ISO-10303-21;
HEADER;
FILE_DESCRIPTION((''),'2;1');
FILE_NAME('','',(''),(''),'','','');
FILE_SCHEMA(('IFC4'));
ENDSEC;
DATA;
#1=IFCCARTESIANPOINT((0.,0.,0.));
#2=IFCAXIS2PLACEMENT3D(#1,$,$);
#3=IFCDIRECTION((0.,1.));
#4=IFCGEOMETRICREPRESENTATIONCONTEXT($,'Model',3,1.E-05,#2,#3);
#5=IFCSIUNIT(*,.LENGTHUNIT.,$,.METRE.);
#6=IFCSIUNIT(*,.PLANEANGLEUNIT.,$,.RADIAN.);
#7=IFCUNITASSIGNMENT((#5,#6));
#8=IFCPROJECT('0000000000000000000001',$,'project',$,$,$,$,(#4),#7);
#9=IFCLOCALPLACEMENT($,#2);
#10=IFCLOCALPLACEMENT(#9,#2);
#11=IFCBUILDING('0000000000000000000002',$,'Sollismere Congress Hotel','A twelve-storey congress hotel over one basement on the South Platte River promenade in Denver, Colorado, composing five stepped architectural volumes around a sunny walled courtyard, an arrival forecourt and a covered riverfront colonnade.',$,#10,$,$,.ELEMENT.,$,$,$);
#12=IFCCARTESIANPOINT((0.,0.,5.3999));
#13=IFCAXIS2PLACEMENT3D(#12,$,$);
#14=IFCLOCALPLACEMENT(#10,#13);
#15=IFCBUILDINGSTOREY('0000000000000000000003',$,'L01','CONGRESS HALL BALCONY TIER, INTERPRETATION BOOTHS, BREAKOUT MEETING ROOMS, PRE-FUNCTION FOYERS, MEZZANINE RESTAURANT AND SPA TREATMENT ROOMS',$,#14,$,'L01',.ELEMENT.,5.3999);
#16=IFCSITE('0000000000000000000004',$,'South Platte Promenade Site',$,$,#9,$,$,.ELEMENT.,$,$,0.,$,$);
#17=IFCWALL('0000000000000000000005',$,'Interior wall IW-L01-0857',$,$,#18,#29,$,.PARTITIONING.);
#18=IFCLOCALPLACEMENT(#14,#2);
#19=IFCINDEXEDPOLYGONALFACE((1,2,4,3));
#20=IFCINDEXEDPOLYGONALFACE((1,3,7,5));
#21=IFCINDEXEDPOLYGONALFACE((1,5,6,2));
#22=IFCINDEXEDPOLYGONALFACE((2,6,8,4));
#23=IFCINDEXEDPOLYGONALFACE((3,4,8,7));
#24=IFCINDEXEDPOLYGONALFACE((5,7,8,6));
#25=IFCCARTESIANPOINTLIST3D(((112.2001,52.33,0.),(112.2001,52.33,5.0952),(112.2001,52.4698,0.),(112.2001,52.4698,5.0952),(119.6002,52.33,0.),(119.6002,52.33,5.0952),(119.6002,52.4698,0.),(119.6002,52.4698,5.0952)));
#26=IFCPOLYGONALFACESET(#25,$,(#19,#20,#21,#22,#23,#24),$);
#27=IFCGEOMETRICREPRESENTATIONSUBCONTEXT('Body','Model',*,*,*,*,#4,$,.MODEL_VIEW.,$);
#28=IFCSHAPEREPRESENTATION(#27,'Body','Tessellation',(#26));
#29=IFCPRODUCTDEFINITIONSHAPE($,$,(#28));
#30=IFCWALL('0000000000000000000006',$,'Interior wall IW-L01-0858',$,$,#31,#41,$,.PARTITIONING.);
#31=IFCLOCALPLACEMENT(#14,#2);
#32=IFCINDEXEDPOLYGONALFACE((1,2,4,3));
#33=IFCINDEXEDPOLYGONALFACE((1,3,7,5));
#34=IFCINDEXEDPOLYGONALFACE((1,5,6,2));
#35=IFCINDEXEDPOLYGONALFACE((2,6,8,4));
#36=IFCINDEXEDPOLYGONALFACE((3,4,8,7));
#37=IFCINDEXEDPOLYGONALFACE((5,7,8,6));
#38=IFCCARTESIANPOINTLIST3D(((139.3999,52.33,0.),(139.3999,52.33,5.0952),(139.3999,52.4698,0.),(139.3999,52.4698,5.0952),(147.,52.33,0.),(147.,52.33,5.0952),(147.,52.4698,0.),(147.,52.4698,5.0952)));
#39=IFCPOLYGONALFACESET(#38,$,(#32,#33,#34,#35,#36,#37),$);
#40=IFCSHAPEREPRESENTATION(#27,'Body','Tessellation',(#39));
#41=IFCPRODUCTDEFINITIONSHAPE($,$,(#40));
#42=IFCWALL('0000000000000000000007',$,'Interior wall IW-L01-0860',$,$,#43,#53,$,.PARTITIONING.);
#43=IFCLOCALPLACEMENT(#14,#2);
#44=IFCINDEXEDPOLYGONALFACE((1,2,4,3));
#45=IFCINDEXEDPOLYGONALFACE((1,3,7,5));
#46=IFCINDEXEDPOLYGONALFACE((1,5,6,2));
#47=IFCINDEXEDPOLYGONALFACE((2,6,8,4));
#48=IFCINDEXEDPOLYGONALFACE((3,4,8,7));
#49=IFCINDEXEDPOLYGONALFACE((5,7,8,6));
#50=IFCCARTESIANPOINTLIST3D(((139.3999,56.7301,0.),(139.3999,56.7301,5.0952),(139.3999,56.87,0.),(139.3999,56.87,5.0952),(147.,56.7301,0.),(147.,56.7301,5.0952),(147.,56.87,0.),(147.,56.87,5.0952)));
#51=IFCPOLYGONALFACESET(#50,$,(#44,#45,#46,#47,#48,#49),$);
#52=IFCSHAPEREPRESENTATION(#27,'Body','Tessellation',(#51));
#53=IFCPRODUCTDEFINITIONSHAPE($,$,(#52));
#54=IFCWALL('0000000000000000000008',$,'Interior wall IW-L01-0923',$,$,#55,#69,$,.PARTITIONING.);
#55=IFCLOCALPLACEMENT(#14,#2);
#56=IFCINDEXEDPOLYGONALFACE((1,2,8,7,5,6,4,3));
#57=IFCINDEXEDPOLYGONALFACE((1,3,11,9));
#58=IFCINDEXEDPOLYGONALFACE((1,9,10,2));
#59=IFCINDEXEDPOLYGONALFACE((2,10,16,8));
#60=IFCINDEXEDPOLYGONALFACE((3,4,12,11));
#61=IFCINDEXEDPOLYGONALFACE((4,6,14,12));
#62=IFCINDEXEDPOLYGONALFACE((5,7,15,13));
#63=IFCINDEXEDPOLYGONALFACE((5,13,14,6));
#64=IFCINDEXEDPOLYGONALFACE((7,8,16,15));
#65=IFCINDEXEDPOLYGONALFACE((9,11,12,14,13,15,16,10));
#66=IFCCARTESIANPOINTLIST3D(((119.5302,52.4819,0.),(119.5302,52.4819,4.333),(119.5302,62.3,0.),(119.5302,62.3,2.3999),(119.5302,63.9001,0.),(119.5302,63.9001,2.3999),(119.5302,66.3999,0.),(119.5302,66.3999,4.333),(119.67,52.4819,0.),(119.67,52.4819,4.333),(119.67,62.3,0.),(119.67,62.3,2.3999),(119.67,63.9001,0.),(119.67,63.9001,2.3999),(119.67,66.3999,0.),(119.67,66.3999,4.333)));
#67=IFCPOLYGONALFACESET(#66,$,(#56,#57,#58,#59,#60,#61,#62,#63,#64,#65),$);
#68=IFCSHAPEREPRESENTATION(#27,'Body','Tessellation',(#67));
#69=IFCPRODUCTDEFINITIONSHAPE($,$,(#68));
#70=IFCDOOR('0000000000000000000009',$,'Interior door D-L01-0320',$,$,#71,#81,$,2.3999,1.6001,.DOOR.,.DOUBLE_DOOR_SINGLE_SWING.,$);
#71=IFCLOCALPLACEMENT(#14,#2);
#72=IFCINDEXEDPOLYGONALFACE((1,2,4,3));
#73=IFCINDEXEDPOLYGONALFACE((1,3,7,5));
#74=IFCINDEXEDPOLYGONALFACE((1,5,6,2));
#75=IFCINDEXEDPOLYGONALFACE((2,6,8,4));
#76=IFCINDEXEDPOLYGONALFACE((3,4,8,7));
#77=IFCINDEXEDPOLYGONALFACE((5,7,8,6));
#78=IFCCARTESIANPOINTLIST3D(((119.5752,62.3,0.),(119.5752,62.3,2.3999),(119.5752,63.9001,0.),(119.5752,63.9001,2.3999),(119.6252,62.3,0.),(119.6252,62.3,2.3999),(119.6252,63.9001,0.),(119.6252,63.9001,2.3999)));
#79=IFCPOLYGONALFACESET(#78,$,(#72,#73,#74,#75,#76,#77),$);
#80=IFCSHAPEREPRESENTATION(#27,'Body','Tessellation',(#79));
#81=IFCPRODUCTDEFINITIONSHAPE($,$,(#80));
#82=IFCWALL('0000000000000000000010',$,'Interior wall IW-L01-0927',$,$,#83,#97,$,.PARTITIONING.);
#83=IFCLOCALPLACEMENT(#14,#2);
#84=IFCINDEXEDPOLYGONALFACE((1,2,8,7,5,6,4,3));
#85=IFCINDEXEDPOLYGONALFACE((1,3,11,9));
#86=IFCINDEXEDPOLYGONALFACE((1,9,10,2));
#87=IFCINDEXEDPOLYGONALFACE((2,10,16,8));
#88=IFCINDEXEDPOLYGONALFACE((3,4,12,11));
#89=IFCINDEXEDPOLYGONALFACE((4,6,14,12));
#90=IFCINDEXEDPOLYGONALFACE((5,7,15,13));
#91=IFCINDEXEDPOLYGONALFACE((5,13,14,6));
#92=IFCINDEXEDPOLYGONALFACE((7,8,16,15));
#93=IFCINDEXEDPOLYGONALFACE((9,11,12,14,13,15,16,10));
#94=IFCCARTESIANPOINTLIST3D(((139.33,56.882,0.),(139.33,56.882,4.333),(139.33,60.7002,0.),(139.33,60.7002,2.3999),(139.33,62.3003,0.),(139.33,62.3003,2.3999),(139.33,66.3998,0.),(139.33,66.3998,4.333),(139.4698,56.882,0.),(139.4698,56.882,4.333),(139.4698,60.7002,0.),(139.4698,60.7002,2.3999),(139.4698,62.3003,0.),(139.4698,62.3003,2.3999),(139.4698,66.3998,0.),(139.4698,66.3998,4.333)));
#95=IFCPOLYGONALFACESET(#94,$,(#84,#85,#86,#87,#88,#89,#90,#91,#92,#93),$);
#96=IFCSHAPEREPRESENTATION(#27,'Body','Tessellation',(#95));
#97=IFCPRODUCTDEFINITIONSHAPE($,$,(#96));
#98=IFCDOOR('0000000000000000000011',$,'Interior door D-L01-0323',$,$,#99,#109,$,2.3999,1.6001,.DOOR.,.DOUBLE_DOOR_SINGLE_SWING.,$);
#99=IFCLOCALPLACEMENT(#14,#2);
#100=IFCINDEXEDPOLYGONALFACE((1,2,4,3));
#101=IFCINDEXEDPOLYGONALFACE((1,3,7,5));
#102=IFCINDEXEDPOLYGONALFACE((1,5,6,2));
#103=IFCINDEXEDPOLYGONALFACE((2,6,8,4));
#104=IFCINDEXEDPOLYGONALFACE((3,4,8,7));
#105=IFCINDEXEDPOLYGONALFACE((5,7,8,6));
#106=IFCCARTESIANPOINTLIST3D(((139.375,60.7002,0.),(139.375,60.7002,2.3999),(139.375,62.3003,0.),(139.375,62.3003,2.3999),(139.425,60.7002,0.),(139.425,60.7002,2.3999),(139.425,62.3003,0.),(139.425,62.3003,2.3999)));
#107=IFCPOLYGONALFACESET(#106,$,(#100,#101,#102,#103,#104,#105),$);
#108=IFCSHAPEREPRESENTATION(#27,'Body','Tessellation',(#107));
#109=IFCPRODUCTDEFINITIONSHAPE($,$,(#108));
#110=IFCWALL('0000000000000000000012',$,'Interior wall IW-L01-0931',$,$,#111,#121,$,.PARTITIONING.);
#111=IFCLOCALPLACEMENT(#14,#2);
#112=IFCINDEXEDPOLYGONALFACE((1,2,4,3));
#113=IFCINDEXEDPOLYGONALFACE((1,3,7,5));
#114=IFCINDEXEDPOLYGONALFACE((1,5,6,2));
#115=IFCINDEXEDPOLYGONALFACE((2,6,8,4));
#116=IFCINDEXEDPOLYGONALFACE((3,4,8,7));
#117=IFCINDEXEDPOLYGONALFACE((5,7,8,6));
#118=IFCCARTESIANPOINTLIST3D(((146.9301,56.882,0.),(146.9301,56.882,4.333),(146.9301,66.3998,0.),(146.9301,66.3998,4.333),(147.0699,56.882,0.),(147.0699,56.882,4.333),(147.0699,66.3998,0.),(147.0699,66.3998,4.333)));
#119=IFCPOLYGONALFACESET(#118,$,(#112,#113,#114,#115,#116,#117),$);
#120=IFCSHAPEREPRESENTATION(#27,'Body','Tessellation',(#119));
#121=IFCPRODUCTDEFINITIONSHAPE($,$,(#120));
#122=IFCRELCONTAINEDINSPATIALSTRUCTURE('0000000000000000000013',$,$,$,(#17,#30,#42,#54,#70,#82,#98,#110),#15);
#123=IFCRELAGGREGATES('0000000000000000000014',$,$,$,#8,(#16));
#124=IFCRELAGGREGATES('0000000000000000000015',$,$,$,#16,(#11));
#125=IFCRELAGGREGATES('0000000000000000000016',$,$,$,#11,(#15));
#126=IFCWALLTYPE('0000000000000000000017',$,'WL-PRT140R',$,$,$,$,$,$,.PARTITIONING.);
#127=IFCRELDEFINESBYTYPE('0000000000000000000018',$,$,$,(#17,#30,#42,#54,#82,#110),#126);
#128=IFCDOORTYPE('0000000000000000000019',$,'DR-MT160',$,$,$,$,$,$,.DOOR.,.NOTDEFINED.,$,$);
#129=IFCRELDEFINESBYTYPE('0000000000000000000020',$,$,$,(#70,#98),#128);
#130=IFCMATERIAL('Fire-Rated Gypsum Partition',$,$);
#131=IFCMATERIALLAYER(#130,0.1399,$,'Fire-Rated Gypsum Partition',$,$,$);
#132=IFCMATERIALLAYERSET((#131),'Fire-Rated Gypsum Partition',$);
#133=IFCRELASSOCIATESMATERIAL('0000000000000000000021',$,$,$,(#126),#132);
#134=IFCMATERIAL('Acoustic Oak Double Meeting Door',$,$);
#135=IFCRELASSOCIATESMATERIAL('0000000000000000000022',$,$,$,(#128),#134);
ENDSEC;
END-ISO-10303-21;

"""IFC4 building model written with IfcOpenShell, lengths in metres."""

from ifc_helpers import new_model, si_unit, direction, frame, frame_2d, origin, place, context, subcontext, project, spatial, rectangle, extrude, material, layer, layer_set, type_object, element, fill, save


model = new_model("IFC4")

# Units and contexts
model_context = context("Model", 3, precision=1e-05, world=origin(), true_north=direction((0.0, 1.0)))
body_context = subcontext(model_context, "Body", "Model", "MODEL_VIEW")
ifc_project = project(units=[si_unit("LENGTHUNIT", "METRE"), si_unit("PLANEANGLEUNIT", "RADIAN")], contexts=[model_context])

# Site, building, storey
site_placement = place(None, origin())
site = spatial("IfcSite", under=ifc_project, at=site_placement, Name="South Platte Promenade Site", CompositionType="ELEMENT", RefElevation=0.0)
building_placement = place(site_placement, origin())
building = spatial("IfcBuilding", under=site, at=building_placement, Name="Sollismere Congress Hotel", Description="A twelve-storey congress hotel over one basement on the South Platte River promenade in Denver, Colorado, composing five stepped architectural volumes around a sunny walled courtyard, an arrival forecourt and a covered riverfront colonnade.", CompositionType="ELEMENT")
storey_placement = place(building_placement, frame((0.0, 0.0, 5.3999)))
storey = spatial("IfcBuildingStorey", under=building, at=storey_placement, Name="L01", Description="CONGRESS HALL BALCONY TIER, INTERPRETATION BOOTHS, BREAKOUT MEETING ROOMS, PRE-FUNCTION FOYERS, MEZZANINE RESTAURANT AND SPA TREATMENT ROOMS", LongName="L01", CompositionType="ELEMENT", Elevation=5.3999)

# Walls
ifc_material_1 = material(Name="Fire-Rated Gypsum Partition")
ifc_layer = layer(ifc_material_1, 0.1399, Name="Fire-Rated Gypsum Partition")
ifc_layer_set = layer_set([ifc_layer], Name="Fire-Rated Gypsum Partition")
wall_type = type_object("IfcWallType", Name="WL-PRT140R", PredefinedType="PARTITIONING", material=ifc_layer_set)
wall_1_placement = place(storey_placement, frame((112.2, 52.3999, 0.0), z_axis=(0.0, 0.0, 1.0), x_axis=(1.0, 0.0, 0.0)))
element("IfcWall", 1, at=wall_1_placement, inside=storey, type_object=wall_type, Name="Interior wall IW-L01-0857", PredefinedType="PARTITIONING", context=body_context, shape_type="SweptSolid", body=[
    extrude(rectangle(XDim=7.4001, YDim=0.1399, at=frame_2d((3.7002, 0.0))), origin(), (0.0, 0.0, 1.0), 5.0952),
])
for number, where, z_axis, x_axis, name in (
    (2, (139.3999, 52.3999, 0.0), (0.0, 0.0, 1.0), (1.0, 0.0, 0.0), "Interior wall IW-L01-0858"),
    (3, (139.3999, 56.8, 0.0), (0.0, 0.0, 1.0), (1.0, 0.0, 0.0), "Interior wall IW-L01-0860"),
):
    element("IfcWall", number, at=place(storey_placement, frame(where, z_axis=z_axis, x_axis=x_axis)), inside=storey, type_object=wall_type, Name=name, PredefinedType="PARTITIONING", context=body_context, shape_type="SweptSolid", body=[
        extrude(rectangle(XDim=7.6001, YDim=0.1399, at=frame_2d((3.8, 0.0))), origin(), (0.0, 0.0, 1.0), 5.0952),
    ])

# Walls, openings, doors
wall_2_placement = place(storey_placement, frame((119.6001, 52.4819, 0.0), z_axis=(0.0, 0.0, 1.0), x_axis=(0.0, 1.0, 0.0)))
wall_2 = element("IfcWall", 4, at=wall_2_placement, inside=storey, type_object=wall_type, Name="Interior wall IW-L01-0923", PredefinedType="PARTITIONING", context=body_context, shape_type="SweptSolid", body=[
    extrude(rectangle(XDim=13.918, YDim=0.1399, at=frame_2d((6.959, 0.0))), origin(), (0.0, 0.0, 1.0), 4.333),
])
opening_1_placement = place(wall_2_placement, frame((9.8181, 0.0, 0.0)))
opening_1 = element("IfcOpeningElement", 5, at=opening_1_placement, cuts=wall_2, PredefinedType="OPENING", context=body_context, shape_type="SweptSolid", body=[
    extrude(rectangle(XDim=1.6001, YDim=2.3999, at=frame_2d((0.8, 1.2))), frame((0.0, 0.0798, 0.0), z_axis=(0.0, -1.0, 0.0), x_axis=(1.0, 0.0, 0.0)), (0.0, 0.0, 1.0), 0.1599),
])
ifc_material_2 = material(Name="Acoustic Oak Double Meeting Door")
door_type = type_object("IfcDoorType", Name="DR-MT160", OperationType="NOTDEFINED", PredefinedType="DOOR", material=ifc_material_2)
door_1_placement = place(opening_1_placement, origin())
door_1 = element("IfcDoor", 6, at=door_1_placement, inside=storey, type_object=door_type, Name="Interior door D-L01-0320", OperationType="DOUBLE_DOOR_SINGLE_SWING", OverallHeight=2.3999, OverallWidth=1.6001, PredefinedType="DOOR", context=body_context, shape_type="SweptSolid", body=[
    extrude(rectangle(XDim=1.6001, YDim=2.3999, at=frame_2d((0.8, 1.2))), frame((0.0, 0.0249, 0.0), z_axis=(0.0, -1.0, 0.0), x_axis=(1.0, 0.0, 0.0)), (0.0, 0.0, 1.0), 0.05),
])
fill(opening_1, door_1)
wall_3_placement = place(storey_placement, frame((139.3999, 56.8821, 0.0), z_axis=(0.0, 0.0, 1.0), x_axis=(0.0, 1.0, 0.0)))
wall_3 = element("IfcWall", 7, at=wall_3_placement, inside=storey, type_object=wall_type, Name="Interior wall IW-L01-0927", PredefinedType="PARTITIONING", context=body_context, shape_type="SweptSolid", body=[
    extrude(rectangle(XDim=9.5178, YDim=0.1399, at=frame_2d((4.7588, 0.0))), origin(), (0.0, 0.0, 1.0), 4.333),
])
opening_2_placement = place(wall_3_placement, frame((3.8181, 0.0, 0.0)))
opening_2 = element("IfcOpeningElement", 8, at=opening_2_placement, cuts=wall_3, PredefinedType="OPENING", context=body_context, shape_type="SweptSolid", body=[
    extrude(rectangle(XDim=1.6001, YDim=2.3999, at=frame_2d((0.8, 1.2))), frame((0.0, 0.0798, 0.0), z_axis=(0.0, -1.0, 0.0), x_axis=(1.0, 0.0, 0.0)), (0.0, 0.0, 1.0), 0.1599),
])
door_2_placement = place(opening_2_placement, origin())
door_2 = element("IfcDoor", 9, at=door_2_placement, inside=storey, type_object=door_type, Name="Interior door D-L01-0323", OperationType="DOUBLE_DOOR_SINGLE_SWING", OverallHeight=2.3999, OverallWidth=1.6001, PredefinedType="DOOR", context=body_context, shape_type="SweptSolid", body=[
    extrude(rectangle(XDim=1.6001, YDim=2.3999, at=frame_2d((0.8, 1.2))), frame((0.0, 0.0249, 0.0), z_axis=(0.0, -1.0, 0.0), x_axis=(1.0, 0.0, 0.0)), (0.0, 0.0, 1.0), 0.05),
])
fill(opening_2, door_2)

# Wall
wall_4_placement = place(storey_placement, frame((147.0, 56.8821, 0.0), z_axis=(0.0, 0.0, 1.0), x_axis=(0.0, 1.0, 0.0)))
element("IfcWall", 10, at=wall_4_placement, inside=storey, type_object=wall_type, Name="Interior wall IW-L01-0931", PredefinedType="PARTITIONING", context=body_context, shape_type="SweptSolid", body=[
    extrude(rectangle(XDim=9.5178, YDim=0.1399, at=frame_2d((4.7588, 0.0))), origin(), (0.0, 0.0, 1.0), 4.333),
])

save(model, "model.ifc")
